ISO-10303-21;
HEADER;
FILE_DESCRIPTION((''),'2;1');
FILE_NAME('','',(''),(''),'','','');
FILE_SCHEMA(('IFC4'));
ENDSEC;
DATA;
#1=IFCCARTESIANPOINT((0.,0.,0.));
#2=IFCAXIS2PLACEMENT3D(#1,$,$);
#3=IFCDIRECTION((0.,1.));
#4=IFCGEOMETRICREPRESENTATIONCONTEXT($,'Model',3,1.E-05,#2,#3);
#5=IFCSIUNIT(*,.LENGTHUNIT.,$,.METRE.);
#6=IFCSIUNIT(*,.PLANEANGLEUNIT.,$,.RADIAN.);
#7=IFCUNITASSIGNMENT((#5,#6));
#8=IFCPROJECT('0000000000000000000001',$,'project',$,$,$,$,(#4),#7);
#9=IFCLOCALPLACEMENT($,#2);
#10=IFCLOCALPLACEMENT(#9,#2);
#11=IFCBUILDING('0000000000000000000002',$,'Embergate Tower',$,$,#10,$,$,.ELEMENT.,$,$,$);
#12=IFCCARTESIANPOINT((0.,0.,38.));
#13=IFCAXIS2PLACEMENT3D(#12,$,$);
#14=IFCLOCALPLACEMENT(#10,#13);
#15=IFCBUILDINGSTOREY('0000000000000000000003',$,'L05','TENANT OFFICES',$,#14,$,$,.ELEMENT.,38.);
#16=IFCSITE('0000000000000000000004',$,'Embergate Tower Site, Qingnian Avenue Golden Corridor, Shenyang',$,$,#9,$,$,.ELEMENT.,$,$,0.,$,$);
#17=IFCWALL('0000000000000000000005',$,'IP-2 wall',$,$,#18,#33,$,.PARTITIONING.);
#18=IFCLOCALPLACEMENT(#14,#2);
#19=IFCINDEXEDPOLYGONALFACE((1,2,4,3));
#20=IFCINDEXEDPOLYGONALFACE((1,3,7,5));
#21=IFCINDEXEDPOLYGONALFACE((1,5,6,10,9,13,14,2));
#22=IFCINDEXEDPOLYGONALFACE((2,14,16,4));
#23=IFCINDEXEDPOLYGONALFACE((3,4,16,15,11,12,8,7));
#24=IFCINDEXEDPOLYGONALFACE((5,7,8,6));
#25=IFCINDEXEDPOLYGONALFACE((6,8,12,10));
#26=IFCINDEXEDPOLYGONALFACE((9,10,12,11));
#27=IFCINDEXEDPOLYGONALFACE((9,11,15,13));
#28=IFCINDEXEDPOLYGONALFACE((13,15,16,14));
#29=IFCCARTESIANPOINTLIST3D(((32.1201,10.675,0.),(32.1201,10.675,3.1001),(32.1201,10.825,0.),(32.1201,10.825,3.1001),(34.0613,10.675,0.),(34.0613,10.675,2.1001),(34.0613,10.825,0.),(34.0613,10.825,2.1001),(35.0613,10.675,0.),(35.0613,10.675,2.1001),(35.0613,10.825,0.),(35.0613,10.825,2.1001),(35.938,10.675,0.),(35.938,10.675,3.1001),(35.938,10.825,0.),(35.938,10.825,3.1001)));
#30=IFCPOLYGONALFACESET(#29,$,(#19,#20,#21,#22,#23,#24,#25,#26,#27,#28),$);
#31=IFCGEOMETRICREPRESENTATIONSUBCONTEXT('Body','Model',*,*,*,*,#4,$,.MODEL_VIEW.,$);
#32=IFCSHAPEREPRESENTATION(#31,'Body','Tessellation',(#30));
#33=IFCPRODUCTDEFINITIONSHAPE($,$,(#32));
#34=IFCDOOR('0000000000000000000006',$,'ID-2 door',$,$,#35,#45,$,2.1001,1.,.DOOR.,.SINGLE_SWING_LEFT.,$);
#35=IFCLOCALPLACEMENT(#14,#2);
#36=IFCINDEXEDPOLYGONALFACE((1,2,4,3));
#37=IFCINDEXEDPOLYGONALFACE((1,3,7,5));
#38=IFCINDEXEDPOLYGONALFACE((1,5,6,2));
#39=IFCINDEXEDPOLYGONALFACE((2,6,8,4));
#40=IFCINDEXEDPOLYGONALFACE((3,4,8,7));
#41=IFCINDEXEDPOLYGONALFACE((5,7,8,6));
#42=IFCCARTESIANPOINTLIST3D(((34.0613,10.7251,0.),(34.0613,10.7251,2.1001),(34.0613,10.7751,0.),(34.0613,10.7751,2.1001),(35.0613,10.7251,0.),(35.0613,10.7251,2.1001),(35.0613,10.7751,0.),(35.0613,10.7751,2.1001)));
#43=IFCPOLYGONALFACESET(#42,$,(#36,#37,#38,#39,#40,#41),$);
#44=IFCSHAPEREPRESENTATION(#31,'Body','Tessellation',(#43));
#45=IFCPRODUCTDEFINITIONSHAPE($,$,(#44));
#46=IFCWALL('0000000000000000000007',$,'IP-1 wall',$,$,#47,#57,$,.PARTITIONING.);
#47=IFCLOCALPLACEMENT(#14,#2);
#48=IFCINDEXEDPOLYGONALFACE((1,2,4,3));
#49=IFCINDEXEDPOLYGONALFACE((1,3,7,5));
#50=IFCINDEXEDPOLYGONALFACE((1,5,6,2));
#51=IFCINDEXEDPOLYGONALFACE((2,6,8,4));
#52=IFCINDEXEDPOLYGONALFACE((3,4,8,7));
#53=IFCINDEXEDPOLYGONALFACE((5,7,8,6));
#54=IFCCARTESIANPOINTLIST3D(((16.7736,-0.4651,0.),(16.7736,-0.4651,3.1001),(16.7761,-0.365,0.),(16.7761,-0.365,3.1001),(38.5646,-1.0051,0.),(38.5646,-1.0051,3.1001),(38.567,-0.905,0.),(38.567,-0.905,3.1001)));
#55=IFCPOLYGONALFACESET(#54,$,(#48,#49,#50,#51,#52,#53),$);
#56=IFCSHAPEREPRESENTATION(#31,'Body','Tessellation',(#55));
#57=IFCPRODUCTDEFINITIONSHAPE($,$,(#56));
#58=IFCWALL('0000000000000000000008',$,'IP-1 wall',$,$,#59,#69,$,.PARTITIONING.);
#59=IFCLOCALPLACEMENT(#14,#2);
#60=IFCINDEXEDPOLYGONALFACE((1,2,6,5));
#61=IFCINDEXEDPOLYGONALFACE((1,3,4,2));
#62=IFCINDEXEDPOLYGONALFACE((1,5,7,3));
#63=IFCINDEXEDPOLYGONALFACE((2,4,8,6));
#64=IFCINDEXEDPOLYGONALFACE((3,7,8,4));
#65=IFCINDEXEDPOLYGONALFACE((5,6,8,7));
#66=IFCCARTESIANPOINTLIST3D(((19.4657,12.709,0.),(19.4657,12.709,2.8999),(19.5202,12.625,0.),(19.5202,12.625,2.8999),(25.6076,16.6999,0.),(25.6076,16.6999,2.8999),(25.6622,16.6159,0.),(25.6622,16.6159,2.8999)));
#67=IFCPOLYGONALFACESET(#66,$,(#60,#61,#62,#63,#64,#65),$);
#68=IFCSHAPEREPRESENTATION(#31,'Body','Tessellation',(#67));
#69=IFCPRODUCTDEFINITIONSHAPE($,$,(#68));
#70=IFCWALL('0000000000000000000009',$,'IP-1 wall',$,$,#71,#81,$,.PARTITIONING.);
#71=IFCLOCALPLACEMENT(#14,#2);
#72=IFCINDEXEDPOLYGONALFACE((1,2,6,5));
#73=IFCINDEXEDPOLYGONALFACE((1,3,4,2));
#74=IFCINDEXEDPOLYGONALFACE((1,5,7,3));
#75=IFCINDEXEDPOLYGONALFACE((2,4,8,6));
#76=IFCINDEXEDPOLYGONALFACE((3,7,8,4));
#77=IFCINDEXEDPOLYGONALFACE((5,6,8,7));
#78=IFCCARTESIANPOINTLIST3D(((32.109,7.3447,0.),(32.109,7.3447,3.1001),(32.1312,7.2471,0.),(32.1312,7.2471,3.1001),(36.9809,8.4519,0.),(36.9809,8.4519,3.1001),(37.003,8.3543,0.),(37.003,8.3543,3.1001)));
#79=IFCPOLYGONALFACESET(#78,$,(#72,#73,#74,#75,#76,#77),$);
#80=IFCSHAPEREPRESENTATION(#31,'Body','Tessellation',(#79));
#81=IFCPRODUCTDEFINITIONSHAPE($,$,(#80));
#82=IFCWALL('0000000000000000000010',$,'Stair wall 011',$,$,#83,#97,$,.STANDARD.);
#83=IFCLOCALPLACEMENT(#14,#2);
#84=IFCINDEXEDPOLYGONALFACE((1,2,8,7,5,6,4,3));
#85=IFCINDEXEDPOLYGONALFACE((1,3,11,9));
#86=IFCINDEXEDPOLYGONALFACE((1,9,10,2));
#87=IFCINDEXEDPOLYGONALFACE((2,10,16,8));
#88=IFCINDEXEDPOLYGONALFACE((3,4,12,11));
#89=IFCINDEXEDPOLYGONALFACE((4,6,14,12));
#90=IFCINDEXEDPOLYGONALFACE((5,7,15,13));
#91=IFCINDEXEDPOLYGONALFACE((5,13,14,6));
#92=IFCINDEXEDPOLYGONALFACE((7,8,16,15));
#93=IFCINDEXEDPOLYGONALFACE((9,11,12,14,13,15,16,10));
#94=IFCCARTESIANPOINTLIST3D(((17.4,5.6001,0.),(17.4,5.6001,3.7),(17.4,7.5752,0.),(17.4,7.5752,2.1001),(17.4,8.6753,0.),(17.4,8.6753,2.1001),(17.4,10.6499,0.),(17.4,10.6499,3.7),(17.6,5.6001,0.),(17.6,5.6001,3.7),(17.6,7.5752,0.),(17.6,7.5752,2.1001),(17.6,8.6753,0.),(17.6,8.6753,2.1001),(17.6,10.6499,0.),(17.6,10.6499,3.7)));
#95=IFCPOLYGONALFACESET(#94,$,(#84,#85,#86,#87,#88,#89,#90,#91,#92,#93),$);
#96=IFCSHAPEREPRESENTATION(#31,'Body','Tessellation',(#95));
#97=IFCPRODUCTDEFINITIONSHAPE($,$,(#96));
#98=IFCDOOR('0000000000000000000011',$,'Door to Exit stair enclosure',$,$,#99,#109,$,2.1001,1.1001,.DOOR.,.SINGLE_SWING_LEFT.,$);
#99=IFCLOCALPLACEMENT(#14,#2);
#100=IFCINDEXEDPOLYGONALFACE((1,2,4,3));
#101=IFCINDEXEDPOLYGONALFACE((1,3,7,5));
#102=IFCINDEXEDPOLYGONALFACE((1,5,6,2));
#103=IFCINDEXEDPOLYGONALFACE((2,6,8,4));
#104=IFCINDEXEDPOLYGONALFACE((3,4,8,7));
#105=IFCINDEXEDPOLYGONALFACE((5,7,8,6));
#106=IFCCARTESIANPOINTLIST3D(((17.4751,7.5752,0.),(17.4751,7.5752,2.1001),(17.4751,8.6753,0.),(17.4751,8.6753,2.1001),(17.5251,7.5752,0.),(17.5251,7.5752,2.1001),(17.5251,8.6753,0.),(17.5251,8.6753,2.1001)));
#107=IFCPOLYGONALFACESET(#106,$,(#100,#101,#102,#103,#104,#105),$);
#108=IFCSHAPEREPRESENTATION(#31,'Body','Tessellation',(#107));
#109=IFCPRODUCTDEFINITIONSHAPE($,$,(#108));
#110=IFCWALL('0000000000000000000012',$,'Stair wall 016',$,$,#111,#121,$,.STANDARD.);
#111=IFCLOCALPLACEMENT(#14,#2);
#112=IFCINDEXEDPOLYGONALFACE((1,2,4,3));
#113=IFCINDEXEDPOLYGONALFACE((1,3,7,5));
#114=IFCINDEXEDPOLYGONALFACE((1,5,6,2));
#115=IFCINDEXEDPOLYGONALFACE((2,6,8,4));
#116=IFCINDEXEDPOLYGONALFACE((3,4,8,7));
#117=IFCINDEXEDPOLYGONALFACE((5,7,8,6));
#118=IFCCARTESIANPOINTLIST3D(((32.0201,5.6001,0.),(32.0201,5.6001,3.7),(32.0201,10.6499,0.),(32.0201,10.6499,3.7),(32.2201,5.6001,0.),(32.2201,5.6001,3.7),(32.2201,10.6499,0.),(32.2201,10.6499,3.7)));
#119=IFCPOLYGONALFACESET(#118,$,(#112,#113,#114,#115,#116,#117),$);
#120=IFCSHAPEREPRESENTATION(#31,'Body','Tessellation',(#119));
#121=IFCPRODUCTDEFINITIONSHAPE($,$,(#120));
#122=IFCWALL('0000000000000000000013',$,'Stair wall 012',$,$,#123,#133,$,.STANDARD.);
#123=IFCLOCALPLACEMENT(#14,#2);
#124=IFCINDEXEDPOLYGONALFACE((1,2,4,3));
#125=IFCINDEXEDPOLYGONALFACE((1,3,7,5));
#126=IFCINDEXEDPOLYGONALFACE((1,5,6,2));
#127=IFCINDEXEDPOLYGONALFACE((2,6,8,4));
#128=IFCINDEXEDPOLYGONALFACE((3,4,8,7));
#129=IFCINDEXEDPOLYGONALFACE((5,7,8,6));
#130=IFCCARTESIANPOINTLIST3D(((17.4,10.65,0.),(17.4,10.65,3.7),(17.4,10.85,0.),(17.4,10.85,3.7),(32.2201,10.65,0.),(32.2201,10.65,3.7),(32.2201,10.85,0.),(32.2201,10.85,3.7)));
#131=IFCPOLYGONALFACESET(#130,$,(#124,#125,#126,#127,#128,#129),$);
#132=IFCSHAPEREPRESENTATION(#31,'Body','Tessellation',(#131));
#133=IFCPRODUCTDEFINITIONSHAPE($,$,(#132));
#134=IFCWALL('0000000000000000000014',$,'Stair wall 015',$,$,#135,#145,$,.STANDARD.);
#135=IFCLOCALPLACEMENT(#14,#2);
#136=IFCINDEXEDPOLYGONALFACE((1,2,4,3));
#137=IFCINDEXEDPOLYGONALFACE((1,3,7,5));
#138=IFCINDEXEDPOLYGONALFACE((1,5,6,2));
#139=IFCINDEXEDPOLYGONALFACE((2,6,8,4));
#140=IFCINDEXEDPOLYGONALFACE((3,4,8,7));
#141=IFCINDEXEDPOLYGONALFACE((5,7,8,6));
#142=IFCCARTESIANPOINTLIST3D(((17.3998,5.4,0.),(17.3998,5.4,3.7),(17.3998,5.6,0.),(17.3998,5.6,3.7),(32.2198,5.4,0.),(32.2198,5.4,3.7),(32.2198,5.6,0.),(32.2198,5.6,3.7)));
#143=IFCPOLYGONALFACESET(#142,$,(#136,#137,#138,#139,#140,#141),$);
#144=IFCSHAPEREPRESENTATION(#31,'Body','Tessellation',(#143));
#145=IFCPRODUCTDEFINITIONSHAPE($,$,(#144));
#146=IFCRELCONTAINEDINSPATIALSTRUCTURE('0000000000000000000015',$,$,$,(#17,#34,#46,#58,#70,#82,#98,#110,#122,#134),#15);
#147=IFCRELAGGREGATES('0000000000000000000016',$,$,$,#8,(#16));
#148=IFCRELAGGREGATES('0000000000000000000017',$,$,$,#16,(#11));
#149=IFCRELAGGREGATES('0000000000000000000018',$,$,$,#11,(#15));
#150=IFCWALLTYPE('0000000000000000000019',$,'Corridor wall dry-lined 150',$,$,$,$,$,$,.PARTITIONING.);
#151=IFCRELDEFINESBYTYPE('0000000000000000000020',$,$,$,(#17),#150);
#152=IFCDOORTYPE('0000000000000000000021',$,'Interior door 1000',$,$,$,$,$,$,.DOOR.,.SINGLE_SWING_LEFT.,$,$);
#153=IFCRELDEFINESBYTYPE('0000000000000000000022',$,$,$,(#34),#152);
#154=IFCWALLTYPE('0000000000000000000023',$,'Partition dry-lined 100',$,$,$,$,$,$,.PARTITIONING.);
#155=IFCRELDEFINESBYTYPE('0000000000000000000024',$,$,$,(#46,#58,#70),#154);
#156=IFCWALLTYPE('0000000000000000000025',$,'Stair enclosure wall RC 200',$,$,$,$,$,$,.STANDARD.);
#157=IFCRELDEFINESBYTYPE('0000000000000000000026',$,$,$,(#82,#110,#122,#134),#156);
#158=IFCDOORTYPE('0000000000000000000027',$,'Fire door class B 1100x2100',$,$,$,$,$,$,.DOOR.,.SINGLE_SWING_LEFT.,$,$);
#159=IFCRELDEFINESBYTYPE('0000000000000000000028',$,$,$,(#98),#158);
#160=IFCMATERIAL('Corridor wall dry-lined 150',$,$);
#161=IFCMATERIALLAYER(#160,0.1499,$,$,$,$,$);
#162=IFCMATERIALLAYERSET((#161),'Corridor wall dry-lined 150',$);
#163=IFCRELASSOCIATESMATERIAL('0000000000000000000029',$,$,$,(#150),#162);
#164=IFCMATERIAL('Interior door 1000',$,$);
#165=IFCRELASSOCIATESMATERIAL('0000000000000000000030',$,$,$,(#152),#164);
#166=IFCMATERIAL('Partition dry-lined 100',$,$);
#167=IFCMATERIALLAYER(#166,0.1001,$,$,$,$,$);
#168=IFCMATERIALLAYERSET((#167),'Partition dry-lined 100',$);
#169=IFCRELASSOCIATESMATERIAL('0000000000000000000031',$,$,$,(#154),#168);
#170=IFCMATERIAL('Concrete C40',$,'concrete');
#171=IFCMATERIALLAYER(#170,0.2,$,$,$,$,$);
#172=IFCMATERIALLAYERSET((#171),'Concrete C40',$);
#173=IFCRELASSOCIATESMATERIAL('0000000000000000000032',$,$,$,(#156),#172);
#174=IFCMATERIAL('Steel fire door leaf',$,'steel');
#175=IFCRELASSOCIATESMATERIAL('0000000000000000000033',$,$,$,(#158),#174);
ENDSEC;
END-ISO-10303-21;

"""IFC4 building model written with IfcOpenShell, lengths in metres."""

from ifc_helpers import new_model, si_unit, direction, frame, frame_2d, origin, place, context, subcontext, project, spatial, rectangle, extrude, source, transform, mapped, material, layer, layer_set, type_object, element, fill, save


model = new_model("IFC4")

# Units and contexts
model_context = context("Model", 3, precision=1e-05, world=origin(), true_north=direction((0.0, 1.0)))
body_context = subcontext(model_context, "Body", "Model", "MODEL_VIEW")
ifc_project = project(units=[si_unit("LENGTHUNIT", "METRE"), si_unit("PLANEANGLEUNIT", "RADIAN")], contexts=[model_context])

# Site, building, storey
site_placement = place(None, origin())
site = spatial("IfcSite", under=ifc_project, at=site_placement, Name="Embergate Tower Site, Qingnian Avenue Golden Corridor, Shenyang", CompositionType="ELEMENT", RefElevation=0.0)
building_placement = place(site_placement, origin())
building = spatial("IfcBuilding", under=site, at=building_placement, Name="Embergate Tower", CompositionType="ELEMENT")
storey_placement = place(building_placement, frame((0.0, 0.0, 38.0)))
storey = spatial("IfcBuildingStorey", under=building, at=storey_placement, Name="L05", Description="TENANT OFFICES", CompositionType="ELEMENT", Elevation=38.0)

# Wall, opening, door
ifc_material_1 = material(Name="Corridor wall dry-lined 150")
ifc_layer_1 = layer(ifc_material_1, 0.1499)
ifc_layer_set_1 = layer_set([ifc_layer_1], Name="Corridor wall dry-lined 150")
wall_type_1 = type_object("IfcWallType", Name="Corridor wall dry-lined 150", PredefinedType="PARTITIONING", material=ifc_layer_set_1)
shared_shape_1 = source(origin(), body_context, "Body", "SweptSolid", [
    extrude(rectangle(XDim=1.0, YDim=2.1001, at=frame_2d((0.5, 1.05))), frame((0.0, 0.085, 0.0), z_axis=(0.0, -1.0, 0.0), x_axis=(1.0, 0.0, 0.0)), (0.0, 0.0, 1.0), 0.1699),
])
ifc_material_2 = material(Name="Interior door 1000")
door_type_1 = type_object("IfcDoorType", Name="Interior door 1000", OperationType="SINGLE_SWING_LEFT", PredefinedType="DOOR", material=ifc_material_2)
shared_shape_2 = source(origin(), body_context, "Body", "SweptSolid", [
    extrude(rectangle(XDim=1.0, YDim=2.1001, at=frame_2d((0.5, 1.05))), frame((0.0, 0.0249, 0.0), z_axis=(0.0, -1.0, 0.0), x_axis=(1.0, 0.0, 0.0)), (0.0, 0.0, 1.0), 0.05),
])
shared_shape_3 = source(origin(), body_context, "Body", "SweptSolid", [
    extrude(rectangle(XDim=3.8179, YDim=0.1499, at=frame_2d((1.9089, 0.0))), origin(), (0.0, 0.0, 1.0), 3.1001),
])
wall_1_placement = place(storey_placement, frame((35.938, 10.75, 0.0), z_axis=(0.0, 0.0, 1.0), x_axis=(-1.0, 0.0, 0.0)))
wall_1 = element("IfcWall", 1, at=wall_1_placement, inside=storey, type_object=wall_type_1, Name="IP-2 wall", PredefinedType="PARTITIONING", context=body_context, shape_type="MappedRepresentation", body=[
    mapped(shared_shape_3, transform((0.0, 0.0, 0.0))),
])
opening_1_placement = place(wall_1_placement, frame((0.8767, 0.0, 0.0)))
opening_1 = element("IfcOpeningElement", 2, at=opening_1_placement, cuts=wall_1, PredefinedType="OPENING", context=body_context, shape_type="MappedRepresentation", body=[
    mapped(shared_shape_1, transform((0.0, 0.0, 0.0))),
])
door_1_placement = place(opening_1_placement, origin())
door_1 = element("IfcDoor", 3, at=door_1_placement, inside=storey, type_object=door_type_1, Name="ID-2 door", OperationType="SINGLE_SWING_LEFT", OverallHeight=2.1001, OverallWidth=1.0, PredefinedType="DOOR", context=body_context, shape_type="MappedRepresentation", body=[
    mapped(shared_shape_2, transform((0.0, 0.0, 0.0))),
])
fill(opening_1, door_1)

# Walls
ifc_material_3 = material(Name="Partition dry-lined 100")
ifc_layer_2 = layer(ifc_material_3, 0.1001)
ifc_layer_set_2 = layer_set([ifc_layer_2], Name="Partition dry-lined 100")
wall_type_2 = type_object("IfcWallType", Name="Partition dry-lined 100", PredefinedType="PARTITIONING", material=ifc_layer_set_2)
shared_shape_4 = source(origin(), body_context, "Body", "SweptSolid", [
    extrude(rectangle(XDim=21.7976, YDim=0.1001, at=frame_2d((10.8989, 0.0))), origin(), (0.0, 0.0, 1.0), 3.1001),
])
wall_2_placement = place(storey_placement, frame((38.5659, -0.9551, 0.0), z_axis=(0.0, 0.0, 1.0), x_axis=(-0.999693, 0.024775, 0.0)))
element("IfcWall", 4, at=wall_2_placement, inside=storey, type_object=wall_type_2, Name="IP-1 wall", PredefinedType="PARTITIONING", context=body_context, shape_type="MappedRepresentation", body=[
    mapped(shared_shape_4, transform((0.0, 0.0, 0.0))),
])
shared_shape_5 = source(origin(), body_context, "Body", "SweptSolid", [
    extrude(rectangle(XDim=7.3247, YDim=0.1001, at=frame_2d((3.6624, 0.0))), origin(), (0.0, 0.0, 1.0), 2.8999),
])
wall_3_placement = place(storey_placement, frame((19.4929, 12.667, 0.0), z_axis=(0.0, 0.0, 1.0), x_axis=(0.83853, 0.544855, 0.0)))
element("IfcWall", 5, at=wall_3_placement, inside=storey, type_object=wall_type_2, Name="IP-1 wall", PredefinedType="PARTITIONING", context=body_context, shape_type="MappedRepresentation", body=[
    mapped(shared_shape_5, transform((0.0, 0.0, 0.0))),
])
shared_shape_6 = source(origin(), body_context, "Body", "SweptSolid", [
    extrude(rectangle(XDim=4.9961, YDim=0.1001, at=frame_2d((2.498, 0.0))), origin(), (0.0, 0.0, 1.0), 3.1001),
])
wall_4_placement = place(storey_placement, frame((36.9919, 8.4031, 0.0), z_axis=(0.0, 0.0, 1.0), x_axis=(-0.975135, -0.221611, 0.0)))
element("IfcWall", 6, at=wall_4_placement, inside=storey, type_object=wall_type_2, Name="IP-1 wall", PredefinedType="PARTITIONING", context=body_context, shape_type="MappedRepresentation", body=[
    mapped(shared_shape_6, transform((0.0, 0.0, 0.0))),
])

# Wall, opening, door
ifc_material_4 = material(Name="Concrete C40", Category="concrete")
ifc_layer_3 = layer(ifc_material_4, 0.2)
ifc_layer_set_3 = layer_set([ifc_layer_3], Name="Concrete C40")
wall_type_3 = type_object("IfcWallType", Name="Stair enclosure wall RC 200", PredefinedType="STANDARD", material=ifc_layer_set_3)
shared_shape_7 = source(origin(), body_context, "Body", "SweptSolid", [
    extrude(rectangle(XDim=5.0498, YDim=0.2, at=frame_2d((2.5249, 0.0))), origin(), (0.0, 0.0, 1.0), 3.7),
])
wall_5_placement = place(storey_placement, frame((17.5, 5.6001, 0.0), z_axis=(0.0, 0.0, 1.0), x_axis=(0.0, 1.0, 0.0)))
wall_5 = element("IfcWall", 7, at=wall_5_placement, inside=storey, type_object=wall_type_3, Name="Stair wall 011", PredefinedType="STANDARD", context=body_context, shape_type="MappedRepresentation", body=[
    mapped(shared_shape_7, transform((0.0, 0.0, 0.0))),
])
shared_shape_8 = source(origin(), body_context, "Body", "SweptSolid", [
    extrude(rectangle(XDim=1.1001, YDim=2.1001, at=frame_2d((0.55, 1.05))), frame((0.0, 0.1099, 0.0), z_axis=(0.0, -1.0, 0.0), x_axis=(1.0, 0.0, 0.0)), (0.0, 0.0, 1.0), 0.22),
])
opening_2_placement = place(wall_5_placement, frame((1.9751, 0.0, 0.0)))
opening_2 = element("IfcOpeningElement", 8, at=opening_2_placement, cuts=wall_5, PredefinedType="OPENING", context=body_context, shape_type="MappedRepresentation", body=[
    mapped(shared_shape_8, transform((0.0, 0.0, 0.0))),
])
ifc_material_5 = material(Name="Steel fire door leaf", Category="steel")
door_type_2 = type_object("IfcDoorType", Name="Fire door class B 1100x2100", OperationType="SINGLE_SWING_LEFT", PredefinedType="DOOR", material=ifc_material_5)
shared_shape_9 = source(origin(), body_context, "Body", "SweptSolid", [
    extrude(rectangle(XDim=1.1001, YDim=2.1001, at=frame_2d((0.55, 1.05))), frame((0.0, 0.0249, 0.0), z_axis=(0.0, -1.0, 0.0), x_axis=(1.0, 0.0, 0.0)), (0.0, 0.0, 1.0), 0.05),
])
door_2_placement = place(opening_2_placement, origin())
door_2 = element("IfcDoor", 9, at=door_2_placement, inside=storey, type_object=door_type_2, Name="Door to Exit stair enclosure", OperationType="SINGLE_SWING_LEFT", OverallHeight=2.1001, OverallWidth=1.1001, PredefinedType="DOOR", context=body_context, shape_type="MappedRepresentation", body=[
    mapped(shared_shape_9, transform((0.0, 0.0, 0.0))),
])
fill(opening_2, door_2)

# Walls
wall_6_placement = place(storey_placement, frame((32.1201, 10.6499, 0.0), z_axis=(0.0, 0.0, 1.0), x_axis=(0.0, -1.0, 0.0)))
element("IfcWall", 10, at=wall_6_placement, inside=storey, type_object=wall_type_3, Name="Stair wall 016", PredefinedType="STANDARD", context=body_context, shape_type="MappedRepresentation", body=[
    mapped(shared_shape_7, transform((0.0, 0.0, 0.0))),
])
shared_shape_10 = source(origin(), body_context, "Body", "SweptSolid", [
    extrude(rectangle(XDim=14.8201, YDim=0.2, at=frame_2d((7.4102, 0.0))), origin(), (0.0, 0.0, 1.0), 3.7),
])
for number, where, z_axis, x_axis, name in (
    (11, (17.3999, 10.75, 0.0), (0.0, 0.0, 1.0), (1.0, 0.0, 0.0), "Stair wall 012"),
    (12, (32.22, 5.5, 0.0), (0.0, 0.0, 1.0), (-1.0, 0.0, 0.0), "Stair wall 015"),
):
    element("IfcWall", number, at=place(storey_placement, frame(where, z_axis=z_axis, x_axis=x_axis)), inside=storey, type_object=wall_type_3, Name=name, PredefinedType="STANDARD", context=body_context, shape_type="MappedRepresentation", body=[
        mapped(shared_shape_10, transform((0.0, 0.0, 0.0))),
    ])

save(model, "model.ifc")
